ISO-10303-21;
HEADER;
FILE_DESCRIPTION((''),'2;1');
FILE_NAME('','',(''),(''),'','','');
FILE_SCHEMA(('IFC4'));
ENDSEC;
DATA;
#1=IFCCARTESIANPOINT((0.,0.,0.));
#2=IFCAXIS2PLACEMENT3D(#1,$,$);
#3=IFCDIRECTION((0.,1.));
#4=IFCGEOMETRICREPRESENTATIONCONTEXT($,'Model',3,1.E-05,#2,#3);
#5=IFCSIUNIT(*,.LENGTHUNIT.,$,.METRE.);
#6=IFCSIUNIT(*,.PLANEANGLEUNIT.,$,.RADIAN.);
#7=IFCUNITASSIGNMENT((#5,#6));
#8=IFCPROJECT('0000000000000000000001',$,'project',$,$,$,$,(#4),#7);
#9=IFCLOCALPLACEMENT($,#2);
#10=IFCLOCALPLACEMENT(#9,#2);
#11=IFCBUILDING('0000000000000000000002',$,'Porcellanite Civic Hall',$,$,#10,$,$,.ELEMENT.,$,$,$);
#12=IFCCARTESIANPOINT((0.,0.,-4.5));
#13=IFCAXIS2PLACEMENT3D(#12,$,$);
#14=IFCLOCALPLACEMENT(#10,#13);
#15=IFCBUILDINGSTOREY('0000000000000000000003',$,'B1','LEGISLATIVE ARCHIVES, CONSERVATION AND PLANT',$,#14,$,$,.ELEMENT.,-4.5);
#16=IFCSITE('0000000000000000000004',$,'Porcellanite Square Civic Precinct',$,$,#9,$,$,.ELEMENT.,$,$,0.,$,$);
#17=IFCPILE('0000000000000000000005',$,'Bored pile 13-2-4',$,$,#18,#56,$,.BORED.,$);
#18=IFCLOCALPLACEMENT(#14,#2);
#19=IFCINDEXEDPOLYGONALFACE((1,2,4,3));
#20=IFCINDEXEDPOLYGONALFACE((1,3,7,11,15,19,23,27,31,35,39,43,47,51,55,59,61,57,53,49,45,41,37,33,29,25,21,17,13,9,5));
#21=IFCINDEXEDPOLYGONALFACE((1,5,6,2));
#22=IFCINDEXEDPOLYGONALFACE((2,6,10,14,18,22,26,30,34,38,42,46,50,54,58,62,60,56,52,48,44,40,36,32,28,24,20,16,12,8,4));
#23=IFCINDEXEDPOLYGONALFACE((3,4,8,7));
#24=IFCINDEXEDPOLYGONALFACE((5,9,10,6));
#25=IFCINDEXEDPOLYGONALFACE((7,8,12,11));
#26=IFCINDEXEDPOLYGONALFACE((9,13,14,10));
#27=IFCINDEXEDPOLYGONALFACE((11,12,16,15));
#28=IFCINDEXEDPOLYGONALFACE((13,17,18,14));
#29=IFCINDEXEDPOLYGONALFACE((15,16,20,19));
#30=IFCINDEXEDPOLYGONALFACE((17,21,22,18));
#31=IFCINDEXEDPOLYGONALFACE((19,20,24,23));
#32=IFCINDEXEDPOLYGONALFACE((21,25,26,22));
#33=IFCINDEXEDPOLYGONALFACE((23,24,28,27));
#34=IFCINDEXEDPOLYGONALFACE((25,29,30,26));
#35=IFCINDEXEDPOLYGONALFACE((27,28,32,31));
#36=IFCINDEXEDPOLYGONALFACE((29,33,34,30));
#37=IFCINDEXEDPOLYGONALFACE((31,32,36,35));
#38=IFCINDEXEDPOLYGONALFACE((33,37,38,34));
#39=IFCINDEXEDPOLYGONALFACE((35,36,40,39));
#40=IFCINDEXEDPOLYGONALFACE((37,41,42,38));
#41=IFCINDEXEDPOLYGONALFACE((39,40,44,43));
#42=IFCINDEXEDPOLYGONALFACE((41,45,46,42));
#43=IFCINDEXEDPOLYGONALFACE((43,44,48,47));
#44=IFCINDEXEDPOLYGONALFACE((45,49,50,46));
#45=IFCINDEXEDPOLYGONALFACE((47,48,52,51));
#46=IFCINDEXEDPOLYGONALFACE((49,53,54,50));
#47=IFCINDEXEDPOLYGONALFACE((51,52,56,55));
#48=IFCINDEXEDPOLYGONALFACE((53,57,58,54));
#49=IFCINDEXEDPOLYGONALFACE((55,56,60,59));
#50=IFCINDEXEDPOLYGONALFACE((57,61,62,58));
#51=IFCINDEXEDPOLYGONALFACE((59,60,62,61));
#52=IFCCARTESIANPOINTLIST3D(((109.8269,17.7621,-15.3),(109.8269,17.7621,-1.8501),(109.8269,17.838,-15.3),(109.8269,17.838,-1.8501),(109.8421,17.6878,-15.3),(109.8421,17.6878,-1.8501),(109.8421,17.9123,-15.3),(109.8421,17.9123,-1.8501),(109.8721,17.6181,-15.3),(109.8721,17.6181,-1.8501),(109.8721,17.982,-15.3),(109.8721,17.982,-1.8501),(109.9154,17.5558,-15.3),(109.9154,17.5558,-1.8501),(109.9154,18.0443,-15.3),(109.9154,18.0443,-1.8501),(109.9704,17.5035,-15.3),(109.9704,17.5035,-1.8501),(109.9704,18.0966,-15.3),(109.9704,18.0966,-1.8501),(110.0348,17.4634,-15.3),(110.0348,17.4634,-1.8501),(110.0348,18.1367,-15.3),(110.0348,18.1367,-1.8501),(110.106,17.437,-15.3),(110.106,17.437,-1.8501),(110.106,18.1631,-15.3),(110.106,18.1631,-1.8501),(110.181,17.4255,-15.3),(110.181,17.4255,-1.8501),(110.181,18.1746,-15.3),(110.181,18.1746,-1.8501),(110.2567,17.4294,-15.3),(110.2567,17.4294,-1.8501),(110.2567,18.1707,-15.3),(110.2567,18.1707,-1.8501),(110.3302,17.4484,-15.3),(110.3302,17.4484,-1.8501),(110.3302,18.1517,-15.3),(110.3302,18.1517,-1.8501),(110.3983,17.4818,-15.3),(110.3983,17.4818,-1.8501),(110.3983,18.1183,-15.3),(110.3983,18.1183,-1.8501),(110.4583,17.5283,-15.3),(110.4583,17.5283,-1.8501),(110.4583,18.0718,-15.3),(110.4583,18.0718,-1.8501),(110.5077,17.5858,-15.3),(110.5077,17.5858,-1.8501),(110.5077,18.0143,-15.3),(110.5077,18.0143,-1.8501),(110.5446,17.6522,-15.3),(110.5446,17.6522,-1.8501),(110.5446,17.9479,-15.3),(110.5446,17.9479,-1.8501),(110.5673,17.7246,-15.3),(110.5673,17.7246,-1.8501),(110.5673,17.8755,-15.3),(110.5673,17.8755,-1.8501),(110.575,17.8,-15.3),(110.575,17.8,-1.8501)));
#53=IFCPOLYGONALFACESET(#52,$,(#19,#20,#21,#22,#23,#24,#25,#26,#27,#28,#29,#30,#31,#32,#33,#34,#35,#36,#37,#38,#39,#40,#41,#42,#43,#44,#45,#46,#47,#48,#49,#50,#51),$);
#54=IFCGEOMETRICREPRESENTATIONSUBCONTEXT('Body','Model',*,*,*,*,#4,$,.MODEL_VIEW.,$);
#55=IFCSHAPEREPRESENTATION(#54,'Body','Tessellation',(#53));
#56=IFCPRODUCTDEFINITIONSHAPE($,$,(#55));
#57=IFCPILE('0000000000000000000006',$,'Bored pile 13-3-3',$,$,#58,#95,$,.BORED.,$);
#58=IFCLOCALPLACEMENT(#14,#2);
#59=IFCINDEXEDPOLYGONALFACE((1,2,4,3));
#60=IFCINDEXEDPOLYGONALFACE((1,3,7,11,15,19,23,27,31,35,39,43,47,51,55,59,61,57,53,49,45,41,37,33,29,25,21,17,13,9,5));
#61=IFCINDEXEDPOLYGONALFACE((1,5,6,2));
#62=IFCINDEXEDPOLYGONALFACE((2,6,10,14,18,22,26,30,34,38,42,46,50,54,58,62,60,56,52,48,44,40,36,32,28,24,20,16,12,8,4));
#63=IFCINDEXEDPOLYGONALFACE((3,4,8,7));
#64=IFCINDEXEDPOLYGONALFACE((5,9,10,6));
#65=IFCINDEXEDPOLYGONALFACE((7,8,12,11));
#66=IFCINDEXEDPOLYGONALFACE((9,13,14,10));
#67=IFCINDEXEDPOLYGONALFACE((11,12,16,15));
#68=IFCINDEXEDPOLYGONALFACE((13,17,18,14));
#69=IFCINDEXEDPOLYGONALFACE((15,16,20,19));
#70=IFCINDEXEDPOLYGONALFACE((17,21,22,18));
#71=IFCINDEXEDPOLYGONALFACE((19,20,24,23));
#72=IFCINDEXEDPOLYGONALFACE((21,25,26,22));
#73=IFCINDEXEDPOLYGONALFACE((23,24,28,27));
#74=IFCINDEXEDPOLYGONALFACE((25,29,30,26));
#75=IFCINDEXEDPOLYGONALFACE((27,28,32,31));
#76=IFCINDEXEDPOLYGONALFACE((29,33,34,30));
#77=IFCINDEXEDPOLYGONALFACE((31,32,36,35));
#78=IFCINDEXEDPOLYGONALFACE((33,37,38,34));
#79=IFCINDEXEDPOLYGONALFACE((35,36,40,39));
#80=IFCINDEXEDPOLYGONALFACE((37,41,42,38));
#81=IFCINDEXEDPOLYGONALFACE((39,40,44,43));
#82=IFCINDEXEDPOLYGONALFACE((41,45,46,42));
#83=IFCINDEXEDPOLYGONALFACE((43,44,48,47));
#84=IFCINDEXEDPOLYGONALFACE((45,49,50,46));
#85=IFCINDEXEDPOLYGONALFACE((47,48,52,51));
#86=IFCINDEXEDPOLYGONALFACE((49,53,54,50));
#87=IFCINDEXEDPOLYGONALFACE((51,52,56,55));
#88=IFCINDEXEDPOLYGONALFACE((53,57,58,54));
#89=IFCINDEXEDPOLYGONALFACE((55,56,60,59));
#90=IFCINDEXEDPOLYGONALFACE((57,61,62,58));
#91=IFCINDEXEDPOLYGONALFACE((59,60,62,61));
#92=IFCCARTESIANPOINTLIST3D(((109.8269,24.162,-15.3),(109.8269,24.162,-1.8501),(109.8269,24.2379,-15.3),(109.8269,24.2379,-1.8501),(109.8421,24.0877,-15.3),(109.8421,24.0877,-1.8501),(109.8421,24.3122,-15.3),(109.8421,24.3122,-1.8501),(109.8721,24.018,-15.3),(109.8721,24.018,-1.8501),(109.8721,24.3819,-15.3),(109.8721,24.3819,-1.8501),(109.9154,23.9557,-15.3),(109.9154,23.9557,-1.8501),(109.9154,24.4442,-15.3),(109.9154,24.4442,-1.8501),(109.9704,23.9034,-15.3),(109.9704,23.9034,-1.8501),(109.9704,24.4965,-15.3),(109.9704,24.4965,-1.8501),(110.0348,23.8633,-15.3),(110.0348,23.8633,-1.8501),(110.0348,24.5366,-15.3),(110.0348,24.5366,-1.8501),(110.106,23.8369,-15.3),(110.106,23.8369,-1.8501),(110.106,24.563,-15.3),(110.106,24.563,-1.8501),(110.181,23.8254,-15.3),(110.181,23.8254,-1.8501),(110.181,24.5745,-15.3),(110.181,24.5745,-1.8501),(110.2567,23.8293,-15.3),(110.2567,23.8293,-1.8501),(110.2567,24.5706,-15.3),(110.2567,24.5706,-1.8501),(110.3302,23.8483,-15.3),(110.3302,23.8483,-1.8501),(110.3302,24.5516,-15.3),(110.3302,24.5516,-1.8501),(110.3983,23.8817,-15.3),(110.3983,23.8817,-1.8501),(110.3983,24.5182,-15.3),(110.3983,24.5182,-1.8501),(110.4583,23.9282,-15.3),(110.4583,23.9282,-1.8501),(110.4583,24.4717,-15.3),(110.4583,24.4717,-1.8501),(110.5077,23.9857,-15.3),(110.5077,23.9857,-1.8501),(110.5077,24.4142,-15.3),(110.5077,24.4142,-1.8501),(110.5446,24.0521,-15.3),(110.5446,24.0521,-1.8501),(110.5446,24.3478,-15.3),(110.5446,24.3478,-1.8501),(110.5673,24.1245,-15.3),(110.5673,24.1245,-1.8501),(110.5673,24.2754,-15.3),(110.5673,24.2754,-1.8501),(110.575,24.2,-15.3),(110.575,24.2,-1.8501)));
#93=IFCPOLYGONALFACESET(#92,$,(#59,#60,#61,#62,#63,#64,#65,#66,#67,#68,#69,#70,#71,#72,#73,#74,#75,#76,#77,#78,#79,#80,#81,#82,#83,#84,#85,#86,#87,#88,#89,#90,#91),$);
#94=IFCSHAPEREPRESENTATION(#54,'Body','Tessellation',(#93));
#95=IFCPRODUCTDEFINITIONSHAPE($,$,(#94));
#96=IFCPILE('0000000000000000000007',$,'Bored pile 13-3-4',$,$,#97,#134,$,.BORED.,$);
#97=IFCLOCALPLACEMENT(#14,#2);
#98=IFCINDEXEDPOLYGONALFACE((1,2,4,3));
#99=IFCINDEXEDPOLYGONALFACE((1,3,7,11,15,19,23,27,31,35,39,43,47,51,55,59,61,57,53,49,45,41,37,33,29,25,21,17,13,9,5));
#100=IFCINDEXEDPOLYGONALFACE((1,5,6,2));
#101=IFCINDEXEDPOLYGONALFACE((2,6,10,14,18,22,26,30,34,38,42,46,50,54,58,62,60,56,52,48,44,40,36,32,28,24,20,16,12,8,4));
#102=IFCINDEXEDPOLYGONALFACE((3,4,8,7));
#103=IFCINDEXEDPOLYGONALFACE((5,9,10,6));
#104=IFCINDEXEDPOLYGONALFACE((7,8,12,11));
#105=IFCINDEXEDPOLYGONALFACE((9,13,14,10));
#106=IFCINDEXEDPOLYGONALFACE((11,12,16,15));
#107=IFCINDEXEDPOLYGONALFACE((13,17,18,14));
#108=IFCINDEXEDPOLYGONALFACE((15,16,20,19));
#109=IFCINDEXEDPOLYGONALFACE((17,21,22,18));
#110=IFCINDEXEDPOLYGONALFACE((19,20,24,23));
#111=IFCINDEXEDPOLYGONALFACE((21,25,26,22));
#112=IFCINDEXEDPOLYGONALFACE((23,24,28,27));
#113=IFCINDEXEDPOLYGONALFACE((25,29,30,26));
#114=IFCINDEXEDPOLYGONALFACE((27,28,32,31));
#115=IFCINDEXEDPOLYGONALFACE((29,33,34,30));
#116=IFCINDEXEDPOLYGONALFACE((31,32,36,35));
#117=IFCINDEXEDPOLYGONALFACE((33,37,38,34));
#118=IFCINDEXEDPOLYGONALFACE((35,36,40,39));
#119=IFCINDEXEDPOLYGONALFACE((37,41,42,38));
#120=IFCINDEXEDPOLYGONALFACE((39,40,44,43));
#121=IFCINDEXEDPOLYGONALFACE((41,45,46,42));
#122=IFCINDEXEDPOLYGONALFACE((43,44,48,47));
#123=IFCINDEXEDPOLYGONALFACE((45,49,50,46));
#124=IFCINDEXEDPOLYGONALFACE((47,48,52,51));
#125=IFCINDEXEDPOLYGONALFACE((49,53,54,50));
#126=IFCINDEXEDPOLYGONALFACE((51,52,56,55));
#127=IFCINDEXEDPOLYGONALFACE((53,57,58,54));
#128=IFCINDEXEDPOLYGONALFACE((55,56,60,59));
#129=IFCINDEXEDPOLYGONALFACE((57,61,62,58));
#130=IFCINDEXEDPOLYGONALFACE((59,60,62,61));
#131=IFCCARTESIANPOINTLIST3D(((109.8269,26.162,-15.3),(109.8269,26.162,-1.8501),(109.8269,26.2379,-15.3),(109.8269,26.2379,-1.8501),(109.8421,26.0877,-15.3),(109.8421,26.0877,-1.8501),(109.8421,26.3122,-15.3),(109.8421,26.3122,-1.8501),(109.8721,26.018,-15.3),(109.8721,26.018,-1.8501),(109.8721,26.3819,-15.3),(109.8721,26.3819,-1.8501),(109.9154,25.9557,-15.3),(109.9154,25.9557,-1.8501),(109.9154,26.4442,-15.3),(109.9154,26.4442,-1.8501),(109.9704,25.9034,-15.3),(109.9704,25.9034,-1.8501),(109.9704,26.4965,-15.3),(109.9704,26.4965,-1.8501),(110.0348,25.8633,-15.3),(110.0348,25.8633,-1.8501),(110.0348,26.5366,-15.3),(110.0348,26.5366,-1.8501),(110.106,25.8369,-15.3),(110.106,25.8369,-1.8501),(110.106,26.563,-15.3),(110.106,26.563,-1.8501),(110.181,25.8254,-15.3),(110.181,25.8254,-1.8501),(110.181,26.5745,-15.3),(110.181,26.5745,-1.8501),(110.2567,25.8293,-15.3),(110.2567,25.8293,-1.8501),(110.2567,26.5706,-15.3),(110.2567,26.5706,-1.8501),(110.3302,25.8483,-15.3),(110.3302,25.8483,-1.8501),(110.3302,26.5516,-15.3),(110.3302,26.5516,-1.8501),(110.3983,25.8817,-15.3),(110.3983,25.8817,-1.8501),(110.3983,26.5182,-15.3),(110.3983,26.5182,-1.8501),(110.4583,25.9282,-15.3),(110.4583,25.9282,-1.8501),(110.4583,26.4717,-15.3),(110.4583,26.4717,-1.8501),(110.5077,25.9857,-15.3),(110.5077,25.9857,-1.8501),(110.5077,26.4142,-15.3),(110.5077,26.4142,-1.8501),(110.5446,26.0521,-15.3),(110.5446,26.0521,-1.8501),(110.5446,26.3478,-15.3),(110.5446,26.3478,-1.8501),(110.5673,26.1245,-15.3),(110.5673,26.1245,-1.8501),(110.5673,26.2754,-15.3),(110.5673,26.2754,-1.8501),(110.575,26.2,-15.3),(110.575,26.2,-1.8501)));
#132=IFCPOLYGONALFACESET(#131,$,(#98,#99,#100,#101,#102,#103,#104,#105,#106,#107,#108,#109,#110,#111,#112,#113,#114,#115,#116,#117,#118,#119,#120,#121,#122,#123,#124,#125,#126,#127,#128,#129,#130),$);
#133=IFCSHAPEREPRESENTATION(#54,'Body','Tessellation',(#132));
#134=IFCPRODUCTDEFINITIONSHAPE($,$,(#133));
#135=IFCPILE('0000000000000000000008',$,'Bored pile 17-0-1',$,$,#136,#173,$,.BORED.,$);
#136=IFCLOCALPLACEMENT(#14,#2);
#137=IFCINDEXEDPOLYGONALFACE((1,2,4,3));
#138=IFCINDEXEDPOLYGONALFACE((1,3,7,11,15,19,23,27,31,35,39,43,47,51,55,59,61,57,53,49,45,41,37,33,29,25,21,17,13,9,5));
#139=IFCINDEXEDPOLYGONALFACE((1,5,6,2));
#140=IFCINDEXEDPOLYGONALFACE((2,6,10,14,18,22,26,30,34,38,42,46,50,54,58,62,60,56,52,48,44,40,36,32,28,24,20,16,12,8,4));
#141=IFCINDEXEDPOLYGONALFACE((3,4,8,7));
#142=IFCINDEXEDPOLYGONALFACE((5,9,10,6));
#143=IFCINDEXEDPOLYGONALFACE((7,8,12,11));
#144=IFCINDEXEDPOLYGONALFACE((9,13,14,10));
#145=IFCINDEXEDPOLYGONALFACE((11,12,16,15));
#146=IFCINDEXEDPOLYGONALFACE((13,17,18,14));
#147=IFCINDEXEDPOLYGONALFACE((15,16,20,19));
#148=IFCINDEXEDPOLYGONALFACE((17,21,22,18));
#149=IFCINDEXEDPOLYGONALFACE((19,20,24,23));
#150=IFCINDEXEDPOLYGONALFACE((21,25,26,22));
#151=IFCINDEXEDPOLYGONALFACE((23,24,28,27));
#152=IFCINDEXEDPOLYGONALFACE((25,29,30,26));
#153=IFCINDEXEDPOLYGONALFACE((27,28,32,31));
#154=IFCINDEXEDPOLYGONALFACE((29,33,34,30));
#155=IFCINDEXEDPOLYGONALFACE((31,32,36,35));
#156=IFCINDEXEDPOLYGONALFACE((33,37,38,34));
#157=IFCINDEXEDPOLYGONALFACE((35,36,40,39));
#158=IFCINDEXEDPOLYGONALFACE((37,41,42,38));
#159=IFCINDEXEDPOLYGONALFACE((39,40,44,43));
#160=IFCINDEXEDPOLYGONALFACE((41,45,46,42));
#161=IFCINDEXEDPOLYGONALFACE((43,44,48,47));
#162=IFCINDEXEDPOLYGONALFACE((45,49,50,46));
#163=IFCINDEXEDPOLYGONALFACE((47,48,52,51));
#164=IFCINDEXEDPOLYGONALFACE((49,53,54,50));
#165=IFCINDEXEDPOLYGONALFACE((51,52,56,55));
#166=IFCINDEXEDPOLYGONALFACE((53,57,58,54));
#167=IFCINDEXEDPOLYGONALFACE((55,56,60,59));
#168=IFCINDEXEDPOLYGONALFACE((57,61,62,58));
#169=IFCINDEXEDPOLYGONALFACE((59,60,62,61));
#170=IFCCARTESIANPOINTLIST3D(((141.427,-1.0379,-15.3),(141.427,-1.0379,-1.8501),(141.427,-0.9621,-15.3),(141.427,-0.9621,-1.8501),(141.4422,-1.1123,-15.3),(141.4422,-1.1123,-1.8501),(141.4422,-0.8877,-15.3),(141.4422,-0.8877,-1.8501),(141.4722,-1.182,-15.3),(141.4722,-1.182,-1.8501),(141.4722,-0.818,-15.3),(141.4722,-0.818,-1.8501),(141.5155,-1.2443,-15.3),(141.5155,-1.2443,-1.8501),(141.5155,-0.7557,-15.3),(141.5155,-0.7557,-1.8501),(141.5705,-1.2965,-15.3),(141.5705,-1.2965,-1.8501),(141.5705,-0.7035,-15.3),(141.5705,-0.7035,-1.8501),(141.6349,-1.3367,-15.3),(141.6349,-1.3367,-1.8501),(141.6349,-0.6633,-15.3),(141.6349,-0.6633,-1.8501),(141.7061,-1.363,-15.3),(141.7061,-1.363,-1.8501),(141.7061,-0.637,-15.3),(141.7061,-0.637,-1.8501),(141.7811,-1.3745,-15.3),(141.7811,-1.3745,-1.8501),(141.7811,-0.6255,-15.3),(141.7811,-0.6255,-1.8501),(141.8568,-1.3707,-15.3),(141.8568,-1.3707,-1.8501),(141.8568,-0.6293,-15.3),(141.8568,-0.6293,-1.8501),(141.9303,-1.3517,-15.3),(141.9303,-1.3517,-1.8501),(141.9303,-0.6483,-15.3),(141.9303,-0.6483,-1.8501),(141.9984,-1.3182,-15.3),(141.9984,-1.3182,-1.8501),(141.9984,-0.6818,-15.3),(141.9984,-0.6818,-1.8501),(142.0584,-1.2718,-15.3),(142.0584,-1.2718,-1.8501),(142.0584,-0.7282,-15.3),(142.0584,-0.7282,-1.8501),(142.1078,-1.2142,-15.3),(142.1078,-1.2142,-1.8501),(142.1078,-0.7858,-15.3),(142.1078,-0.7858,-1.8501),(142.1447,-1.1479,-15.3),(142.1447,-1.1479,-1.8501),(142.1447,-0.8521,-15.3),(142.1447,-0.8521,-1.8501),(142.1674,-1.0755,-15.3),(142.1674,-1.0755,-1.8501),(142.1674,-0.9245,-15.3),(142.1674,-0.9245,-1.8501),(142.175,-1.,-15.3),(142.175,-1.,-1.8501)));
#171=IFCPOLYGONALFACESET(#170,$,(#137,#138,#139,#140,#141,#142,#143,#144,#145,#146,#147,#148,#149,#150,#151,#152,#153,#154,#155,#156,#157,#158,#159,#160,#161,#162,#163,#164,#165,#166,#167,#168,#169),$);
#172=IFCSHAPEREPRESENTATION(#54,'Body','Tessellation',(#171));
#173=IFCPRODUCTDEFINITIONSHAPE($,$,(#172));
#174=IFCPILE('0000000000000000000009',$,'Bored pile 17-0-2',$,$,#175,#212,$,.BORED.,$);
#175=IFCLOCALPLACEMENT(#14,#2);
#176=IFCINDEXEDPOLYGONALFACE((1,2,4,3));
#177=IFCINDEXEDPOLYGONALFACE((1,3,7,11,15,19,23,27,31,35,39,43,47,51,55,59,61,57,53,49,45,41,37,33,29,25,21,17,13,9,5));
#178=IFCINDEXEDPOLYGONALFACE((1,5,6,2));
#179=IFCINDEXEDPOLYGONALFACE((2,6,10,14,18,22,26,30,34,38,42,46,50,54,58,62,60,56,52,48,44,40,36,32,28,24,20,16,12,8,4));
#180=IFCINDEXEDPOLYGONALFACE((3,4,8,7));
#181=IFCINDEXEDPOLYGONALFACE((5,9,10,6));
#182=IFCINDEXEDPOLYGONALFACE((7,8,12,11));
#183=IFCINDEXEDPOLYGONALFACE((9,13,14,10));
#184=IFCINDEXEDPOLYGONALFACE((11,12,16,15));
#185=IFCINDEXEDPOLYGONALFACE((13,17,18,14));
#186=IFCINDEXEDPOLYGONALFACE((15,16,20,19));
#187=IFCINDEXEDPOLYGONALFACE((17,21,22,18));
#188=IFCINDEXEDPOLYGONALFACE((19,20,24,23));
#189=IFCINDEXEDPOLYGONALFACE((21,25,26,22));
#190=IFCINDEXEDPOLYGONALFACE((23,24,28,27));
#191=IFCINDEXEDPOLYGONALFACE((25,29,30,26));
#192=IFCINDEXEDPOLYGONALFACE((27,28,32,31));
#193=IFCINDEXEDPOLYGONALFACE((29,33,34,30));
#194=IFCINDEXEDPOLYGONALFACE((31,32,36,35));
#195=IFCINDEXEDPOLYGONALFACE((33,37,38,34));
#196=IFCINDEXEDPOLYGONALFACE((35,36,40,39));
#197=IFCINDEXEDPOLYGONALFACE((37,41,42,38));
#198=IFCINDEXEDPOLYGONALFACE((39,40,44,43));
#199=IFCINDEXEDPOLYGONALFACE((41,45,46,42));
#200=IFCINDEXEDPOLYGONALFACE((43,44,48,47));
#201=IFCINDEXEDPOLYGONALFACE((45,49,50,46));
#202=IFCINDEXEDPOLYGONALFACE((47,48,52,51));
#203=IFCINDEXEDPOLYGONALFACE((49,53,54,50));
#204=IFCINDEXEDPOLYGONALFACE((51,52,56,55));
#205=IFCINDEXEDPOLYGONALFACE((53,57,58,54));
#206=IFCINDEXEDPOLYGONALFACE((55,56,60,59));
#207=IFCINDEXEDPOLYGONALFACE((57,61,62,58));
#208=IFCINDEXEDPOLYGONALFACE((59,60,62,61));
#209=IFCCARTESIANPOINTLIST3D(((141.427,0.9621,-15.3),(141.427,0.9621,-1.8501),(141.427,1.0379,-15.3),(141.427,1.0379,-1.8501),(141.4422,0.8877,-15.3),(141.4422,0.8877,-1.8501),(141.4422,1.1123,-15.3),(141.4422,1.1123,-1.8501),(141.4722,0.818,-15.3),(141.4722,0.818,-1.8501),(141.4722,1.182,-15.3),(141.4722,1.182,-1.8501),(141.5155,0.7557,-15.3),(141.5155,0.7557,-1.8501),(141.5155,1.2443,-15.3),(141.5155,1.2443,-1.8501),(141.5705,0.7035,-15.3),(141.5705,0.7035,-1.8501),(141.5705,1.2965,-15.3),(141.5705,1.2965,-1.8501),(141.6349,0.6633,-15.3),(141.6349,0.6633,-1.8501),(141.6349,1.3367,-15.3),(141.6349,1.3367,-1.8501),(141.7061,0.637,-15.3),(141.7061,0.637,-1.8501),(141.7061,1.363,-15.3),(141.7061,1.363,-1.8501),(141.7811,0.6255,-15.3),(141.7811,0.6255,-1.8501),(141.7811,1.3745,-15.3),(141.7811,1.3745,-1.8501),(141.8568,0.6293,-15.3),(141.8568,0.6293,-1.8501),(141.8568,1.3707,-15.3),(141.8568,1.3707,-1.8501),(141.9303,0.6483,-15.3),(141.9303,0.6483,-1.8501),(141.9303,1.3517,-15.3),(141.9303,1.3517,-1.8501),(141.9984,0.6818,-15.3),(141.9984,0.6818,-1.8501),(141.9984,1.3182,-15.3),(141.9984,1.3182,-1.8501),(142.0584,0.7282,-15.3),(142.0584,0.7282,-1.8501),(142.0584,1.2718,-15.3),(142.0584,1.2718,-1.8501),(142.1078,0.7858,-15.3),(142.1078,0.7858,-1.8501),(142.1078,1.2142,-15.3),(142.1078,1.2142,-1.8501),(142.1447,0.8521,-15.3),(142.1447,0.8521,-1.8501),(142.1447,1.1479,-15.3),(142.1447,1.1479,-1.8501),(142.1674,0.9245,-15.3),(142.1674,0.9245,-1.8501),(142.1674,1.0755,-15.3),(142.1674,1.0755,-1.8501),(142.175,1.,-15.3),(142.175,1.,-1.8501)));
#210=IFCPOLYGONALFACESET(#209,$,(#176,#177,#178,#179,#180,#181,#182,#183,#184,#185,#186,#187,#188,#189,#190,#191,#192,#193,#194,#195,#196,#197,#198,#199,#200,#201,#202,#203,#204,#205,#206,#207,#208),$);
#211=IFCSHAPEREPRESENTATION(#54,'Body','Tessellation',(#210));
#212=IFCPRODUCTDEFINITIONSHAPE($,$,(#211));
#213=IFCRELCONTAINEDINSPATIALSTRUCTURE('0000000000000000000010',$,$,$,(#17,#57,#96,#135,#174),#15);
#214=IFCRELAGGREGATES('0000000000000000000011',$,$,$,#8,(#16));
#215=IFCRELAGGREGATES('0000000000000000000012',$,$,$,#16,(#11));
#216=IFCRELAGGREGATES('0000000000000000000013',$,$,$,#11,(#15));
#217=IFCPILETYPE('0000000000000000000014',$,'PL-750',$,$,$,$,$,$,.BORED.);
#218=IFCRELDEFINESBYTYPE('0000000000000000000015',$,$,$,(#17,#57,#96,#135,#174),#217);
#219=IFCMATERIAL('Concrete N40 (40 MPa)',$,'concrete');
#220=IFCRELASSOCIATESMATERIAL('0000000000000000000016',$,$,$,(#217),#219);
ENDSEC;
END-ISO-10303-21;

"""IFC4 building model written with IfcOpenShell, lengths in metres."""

from ifc_helpers import new_model, si_unit, direction, frame, origin, origin_2d, place, context, subcontext, project, spatial, circle, extrude, material, material_profile, profile_set, type_object, element, save


model = new_model("IFC4")

# Units and contexts
model_context = context("Model", 3, precision=1e-05, world=origin(), true_north=direction((0.0, 1.0)))
body_context = subcontext(model_context, "Body", "Model", "MODEL_VIEW")
ifc_project = project(units=[si_unit("LENGTHUNIT", "METRE"), si_unit("PLANEANGLEUNIT", "RADIAN")], contexts=[model_context])

# Site, building, storey
site_placement = place(None, origin())
site = spatial("IfcSite", under=ifc_project, at=site_placement, Name="Porcellanite Square Civic Precinct", CompositionType="ELEMENT", RefElevation=0.0)
building_placement = place(site_placement, origin())
building = spatial("IfcBuilding", under=site, at=building_placement, Name="Porcellanite Civic Hall", CompositionType="ELEMENT")
storey_placement = place(building_placement, frame((0.0, 0.0, -4.5)))
storey = spatial("IfcBuildingStorey", under=building, at=storey_placement, Name="B1", Description="LEGISLATIVE ARCHIVES, CONSERVATION AND PLANT", CompositionType="ELEMENT", Elevation=-4.5)

# Piles
ifc_material_1 = material(Name="Concrete N40 (40 MPa)", Category="concrete")
ifc_material_profile_1 = material_profile(ifc_material_1, circle(Radius=0.375, at=origin_2d()), Name="PILE-D750")
ifc_profile_set_1 = profile_set([ifc_material_profile_1], Name="Concrete N40 (40 MPa)")
pile_type_1 = type_object("IfcPileType", Name="PL-750", PredefinedType="BORED", material=ifc_profile_set_1)
for number, where, z_axis, x_axis, name in (
    (1, (110.2, 17.8, -1.8501), (0.0, 0.0, -1.0), (1.0, 0.0, 0.0), "Bored pile 13-2-4"),
    (2, (110.2, 24.2, -1.8501), (0.0, 0.0, -1.0), (1.0, 0.0, 0.0), "Bored pile 13-3-3"),
    (3, (110.2, 26.2, -1.8501), (0.0, 0.0, -1.0), (1.0, 0.0, 0.0), "Bored pile 13-3-4"),
    (4, (141.8, -1.0, -1.8501), (0.0, 0.0, -1.0), (1.0, 0.0, 0.0), "Bored pile 17-0-1"),
    (5, (141.8, 1.0, -1.8501), (0.0, 0.0, -1.0), (1.0, 0.0, 0.0), "Bored pile 17-0-2"),
):
    element("IfcPile", number, at=place(storey_placement, frame(where, z_axis=z_axis, x_axis=x_axis)), inside=storey, type_object=pile_type_1, Name=name, PredefinedType="BORED", context=body_context, shape_type="SweptSolid", body=[
        extrude(circle(Radius=0.375, at=origin_2d()), origin(), (0.0, 0.0, 1.0), 13.45),
    ])

save(model, "model.ifc")
